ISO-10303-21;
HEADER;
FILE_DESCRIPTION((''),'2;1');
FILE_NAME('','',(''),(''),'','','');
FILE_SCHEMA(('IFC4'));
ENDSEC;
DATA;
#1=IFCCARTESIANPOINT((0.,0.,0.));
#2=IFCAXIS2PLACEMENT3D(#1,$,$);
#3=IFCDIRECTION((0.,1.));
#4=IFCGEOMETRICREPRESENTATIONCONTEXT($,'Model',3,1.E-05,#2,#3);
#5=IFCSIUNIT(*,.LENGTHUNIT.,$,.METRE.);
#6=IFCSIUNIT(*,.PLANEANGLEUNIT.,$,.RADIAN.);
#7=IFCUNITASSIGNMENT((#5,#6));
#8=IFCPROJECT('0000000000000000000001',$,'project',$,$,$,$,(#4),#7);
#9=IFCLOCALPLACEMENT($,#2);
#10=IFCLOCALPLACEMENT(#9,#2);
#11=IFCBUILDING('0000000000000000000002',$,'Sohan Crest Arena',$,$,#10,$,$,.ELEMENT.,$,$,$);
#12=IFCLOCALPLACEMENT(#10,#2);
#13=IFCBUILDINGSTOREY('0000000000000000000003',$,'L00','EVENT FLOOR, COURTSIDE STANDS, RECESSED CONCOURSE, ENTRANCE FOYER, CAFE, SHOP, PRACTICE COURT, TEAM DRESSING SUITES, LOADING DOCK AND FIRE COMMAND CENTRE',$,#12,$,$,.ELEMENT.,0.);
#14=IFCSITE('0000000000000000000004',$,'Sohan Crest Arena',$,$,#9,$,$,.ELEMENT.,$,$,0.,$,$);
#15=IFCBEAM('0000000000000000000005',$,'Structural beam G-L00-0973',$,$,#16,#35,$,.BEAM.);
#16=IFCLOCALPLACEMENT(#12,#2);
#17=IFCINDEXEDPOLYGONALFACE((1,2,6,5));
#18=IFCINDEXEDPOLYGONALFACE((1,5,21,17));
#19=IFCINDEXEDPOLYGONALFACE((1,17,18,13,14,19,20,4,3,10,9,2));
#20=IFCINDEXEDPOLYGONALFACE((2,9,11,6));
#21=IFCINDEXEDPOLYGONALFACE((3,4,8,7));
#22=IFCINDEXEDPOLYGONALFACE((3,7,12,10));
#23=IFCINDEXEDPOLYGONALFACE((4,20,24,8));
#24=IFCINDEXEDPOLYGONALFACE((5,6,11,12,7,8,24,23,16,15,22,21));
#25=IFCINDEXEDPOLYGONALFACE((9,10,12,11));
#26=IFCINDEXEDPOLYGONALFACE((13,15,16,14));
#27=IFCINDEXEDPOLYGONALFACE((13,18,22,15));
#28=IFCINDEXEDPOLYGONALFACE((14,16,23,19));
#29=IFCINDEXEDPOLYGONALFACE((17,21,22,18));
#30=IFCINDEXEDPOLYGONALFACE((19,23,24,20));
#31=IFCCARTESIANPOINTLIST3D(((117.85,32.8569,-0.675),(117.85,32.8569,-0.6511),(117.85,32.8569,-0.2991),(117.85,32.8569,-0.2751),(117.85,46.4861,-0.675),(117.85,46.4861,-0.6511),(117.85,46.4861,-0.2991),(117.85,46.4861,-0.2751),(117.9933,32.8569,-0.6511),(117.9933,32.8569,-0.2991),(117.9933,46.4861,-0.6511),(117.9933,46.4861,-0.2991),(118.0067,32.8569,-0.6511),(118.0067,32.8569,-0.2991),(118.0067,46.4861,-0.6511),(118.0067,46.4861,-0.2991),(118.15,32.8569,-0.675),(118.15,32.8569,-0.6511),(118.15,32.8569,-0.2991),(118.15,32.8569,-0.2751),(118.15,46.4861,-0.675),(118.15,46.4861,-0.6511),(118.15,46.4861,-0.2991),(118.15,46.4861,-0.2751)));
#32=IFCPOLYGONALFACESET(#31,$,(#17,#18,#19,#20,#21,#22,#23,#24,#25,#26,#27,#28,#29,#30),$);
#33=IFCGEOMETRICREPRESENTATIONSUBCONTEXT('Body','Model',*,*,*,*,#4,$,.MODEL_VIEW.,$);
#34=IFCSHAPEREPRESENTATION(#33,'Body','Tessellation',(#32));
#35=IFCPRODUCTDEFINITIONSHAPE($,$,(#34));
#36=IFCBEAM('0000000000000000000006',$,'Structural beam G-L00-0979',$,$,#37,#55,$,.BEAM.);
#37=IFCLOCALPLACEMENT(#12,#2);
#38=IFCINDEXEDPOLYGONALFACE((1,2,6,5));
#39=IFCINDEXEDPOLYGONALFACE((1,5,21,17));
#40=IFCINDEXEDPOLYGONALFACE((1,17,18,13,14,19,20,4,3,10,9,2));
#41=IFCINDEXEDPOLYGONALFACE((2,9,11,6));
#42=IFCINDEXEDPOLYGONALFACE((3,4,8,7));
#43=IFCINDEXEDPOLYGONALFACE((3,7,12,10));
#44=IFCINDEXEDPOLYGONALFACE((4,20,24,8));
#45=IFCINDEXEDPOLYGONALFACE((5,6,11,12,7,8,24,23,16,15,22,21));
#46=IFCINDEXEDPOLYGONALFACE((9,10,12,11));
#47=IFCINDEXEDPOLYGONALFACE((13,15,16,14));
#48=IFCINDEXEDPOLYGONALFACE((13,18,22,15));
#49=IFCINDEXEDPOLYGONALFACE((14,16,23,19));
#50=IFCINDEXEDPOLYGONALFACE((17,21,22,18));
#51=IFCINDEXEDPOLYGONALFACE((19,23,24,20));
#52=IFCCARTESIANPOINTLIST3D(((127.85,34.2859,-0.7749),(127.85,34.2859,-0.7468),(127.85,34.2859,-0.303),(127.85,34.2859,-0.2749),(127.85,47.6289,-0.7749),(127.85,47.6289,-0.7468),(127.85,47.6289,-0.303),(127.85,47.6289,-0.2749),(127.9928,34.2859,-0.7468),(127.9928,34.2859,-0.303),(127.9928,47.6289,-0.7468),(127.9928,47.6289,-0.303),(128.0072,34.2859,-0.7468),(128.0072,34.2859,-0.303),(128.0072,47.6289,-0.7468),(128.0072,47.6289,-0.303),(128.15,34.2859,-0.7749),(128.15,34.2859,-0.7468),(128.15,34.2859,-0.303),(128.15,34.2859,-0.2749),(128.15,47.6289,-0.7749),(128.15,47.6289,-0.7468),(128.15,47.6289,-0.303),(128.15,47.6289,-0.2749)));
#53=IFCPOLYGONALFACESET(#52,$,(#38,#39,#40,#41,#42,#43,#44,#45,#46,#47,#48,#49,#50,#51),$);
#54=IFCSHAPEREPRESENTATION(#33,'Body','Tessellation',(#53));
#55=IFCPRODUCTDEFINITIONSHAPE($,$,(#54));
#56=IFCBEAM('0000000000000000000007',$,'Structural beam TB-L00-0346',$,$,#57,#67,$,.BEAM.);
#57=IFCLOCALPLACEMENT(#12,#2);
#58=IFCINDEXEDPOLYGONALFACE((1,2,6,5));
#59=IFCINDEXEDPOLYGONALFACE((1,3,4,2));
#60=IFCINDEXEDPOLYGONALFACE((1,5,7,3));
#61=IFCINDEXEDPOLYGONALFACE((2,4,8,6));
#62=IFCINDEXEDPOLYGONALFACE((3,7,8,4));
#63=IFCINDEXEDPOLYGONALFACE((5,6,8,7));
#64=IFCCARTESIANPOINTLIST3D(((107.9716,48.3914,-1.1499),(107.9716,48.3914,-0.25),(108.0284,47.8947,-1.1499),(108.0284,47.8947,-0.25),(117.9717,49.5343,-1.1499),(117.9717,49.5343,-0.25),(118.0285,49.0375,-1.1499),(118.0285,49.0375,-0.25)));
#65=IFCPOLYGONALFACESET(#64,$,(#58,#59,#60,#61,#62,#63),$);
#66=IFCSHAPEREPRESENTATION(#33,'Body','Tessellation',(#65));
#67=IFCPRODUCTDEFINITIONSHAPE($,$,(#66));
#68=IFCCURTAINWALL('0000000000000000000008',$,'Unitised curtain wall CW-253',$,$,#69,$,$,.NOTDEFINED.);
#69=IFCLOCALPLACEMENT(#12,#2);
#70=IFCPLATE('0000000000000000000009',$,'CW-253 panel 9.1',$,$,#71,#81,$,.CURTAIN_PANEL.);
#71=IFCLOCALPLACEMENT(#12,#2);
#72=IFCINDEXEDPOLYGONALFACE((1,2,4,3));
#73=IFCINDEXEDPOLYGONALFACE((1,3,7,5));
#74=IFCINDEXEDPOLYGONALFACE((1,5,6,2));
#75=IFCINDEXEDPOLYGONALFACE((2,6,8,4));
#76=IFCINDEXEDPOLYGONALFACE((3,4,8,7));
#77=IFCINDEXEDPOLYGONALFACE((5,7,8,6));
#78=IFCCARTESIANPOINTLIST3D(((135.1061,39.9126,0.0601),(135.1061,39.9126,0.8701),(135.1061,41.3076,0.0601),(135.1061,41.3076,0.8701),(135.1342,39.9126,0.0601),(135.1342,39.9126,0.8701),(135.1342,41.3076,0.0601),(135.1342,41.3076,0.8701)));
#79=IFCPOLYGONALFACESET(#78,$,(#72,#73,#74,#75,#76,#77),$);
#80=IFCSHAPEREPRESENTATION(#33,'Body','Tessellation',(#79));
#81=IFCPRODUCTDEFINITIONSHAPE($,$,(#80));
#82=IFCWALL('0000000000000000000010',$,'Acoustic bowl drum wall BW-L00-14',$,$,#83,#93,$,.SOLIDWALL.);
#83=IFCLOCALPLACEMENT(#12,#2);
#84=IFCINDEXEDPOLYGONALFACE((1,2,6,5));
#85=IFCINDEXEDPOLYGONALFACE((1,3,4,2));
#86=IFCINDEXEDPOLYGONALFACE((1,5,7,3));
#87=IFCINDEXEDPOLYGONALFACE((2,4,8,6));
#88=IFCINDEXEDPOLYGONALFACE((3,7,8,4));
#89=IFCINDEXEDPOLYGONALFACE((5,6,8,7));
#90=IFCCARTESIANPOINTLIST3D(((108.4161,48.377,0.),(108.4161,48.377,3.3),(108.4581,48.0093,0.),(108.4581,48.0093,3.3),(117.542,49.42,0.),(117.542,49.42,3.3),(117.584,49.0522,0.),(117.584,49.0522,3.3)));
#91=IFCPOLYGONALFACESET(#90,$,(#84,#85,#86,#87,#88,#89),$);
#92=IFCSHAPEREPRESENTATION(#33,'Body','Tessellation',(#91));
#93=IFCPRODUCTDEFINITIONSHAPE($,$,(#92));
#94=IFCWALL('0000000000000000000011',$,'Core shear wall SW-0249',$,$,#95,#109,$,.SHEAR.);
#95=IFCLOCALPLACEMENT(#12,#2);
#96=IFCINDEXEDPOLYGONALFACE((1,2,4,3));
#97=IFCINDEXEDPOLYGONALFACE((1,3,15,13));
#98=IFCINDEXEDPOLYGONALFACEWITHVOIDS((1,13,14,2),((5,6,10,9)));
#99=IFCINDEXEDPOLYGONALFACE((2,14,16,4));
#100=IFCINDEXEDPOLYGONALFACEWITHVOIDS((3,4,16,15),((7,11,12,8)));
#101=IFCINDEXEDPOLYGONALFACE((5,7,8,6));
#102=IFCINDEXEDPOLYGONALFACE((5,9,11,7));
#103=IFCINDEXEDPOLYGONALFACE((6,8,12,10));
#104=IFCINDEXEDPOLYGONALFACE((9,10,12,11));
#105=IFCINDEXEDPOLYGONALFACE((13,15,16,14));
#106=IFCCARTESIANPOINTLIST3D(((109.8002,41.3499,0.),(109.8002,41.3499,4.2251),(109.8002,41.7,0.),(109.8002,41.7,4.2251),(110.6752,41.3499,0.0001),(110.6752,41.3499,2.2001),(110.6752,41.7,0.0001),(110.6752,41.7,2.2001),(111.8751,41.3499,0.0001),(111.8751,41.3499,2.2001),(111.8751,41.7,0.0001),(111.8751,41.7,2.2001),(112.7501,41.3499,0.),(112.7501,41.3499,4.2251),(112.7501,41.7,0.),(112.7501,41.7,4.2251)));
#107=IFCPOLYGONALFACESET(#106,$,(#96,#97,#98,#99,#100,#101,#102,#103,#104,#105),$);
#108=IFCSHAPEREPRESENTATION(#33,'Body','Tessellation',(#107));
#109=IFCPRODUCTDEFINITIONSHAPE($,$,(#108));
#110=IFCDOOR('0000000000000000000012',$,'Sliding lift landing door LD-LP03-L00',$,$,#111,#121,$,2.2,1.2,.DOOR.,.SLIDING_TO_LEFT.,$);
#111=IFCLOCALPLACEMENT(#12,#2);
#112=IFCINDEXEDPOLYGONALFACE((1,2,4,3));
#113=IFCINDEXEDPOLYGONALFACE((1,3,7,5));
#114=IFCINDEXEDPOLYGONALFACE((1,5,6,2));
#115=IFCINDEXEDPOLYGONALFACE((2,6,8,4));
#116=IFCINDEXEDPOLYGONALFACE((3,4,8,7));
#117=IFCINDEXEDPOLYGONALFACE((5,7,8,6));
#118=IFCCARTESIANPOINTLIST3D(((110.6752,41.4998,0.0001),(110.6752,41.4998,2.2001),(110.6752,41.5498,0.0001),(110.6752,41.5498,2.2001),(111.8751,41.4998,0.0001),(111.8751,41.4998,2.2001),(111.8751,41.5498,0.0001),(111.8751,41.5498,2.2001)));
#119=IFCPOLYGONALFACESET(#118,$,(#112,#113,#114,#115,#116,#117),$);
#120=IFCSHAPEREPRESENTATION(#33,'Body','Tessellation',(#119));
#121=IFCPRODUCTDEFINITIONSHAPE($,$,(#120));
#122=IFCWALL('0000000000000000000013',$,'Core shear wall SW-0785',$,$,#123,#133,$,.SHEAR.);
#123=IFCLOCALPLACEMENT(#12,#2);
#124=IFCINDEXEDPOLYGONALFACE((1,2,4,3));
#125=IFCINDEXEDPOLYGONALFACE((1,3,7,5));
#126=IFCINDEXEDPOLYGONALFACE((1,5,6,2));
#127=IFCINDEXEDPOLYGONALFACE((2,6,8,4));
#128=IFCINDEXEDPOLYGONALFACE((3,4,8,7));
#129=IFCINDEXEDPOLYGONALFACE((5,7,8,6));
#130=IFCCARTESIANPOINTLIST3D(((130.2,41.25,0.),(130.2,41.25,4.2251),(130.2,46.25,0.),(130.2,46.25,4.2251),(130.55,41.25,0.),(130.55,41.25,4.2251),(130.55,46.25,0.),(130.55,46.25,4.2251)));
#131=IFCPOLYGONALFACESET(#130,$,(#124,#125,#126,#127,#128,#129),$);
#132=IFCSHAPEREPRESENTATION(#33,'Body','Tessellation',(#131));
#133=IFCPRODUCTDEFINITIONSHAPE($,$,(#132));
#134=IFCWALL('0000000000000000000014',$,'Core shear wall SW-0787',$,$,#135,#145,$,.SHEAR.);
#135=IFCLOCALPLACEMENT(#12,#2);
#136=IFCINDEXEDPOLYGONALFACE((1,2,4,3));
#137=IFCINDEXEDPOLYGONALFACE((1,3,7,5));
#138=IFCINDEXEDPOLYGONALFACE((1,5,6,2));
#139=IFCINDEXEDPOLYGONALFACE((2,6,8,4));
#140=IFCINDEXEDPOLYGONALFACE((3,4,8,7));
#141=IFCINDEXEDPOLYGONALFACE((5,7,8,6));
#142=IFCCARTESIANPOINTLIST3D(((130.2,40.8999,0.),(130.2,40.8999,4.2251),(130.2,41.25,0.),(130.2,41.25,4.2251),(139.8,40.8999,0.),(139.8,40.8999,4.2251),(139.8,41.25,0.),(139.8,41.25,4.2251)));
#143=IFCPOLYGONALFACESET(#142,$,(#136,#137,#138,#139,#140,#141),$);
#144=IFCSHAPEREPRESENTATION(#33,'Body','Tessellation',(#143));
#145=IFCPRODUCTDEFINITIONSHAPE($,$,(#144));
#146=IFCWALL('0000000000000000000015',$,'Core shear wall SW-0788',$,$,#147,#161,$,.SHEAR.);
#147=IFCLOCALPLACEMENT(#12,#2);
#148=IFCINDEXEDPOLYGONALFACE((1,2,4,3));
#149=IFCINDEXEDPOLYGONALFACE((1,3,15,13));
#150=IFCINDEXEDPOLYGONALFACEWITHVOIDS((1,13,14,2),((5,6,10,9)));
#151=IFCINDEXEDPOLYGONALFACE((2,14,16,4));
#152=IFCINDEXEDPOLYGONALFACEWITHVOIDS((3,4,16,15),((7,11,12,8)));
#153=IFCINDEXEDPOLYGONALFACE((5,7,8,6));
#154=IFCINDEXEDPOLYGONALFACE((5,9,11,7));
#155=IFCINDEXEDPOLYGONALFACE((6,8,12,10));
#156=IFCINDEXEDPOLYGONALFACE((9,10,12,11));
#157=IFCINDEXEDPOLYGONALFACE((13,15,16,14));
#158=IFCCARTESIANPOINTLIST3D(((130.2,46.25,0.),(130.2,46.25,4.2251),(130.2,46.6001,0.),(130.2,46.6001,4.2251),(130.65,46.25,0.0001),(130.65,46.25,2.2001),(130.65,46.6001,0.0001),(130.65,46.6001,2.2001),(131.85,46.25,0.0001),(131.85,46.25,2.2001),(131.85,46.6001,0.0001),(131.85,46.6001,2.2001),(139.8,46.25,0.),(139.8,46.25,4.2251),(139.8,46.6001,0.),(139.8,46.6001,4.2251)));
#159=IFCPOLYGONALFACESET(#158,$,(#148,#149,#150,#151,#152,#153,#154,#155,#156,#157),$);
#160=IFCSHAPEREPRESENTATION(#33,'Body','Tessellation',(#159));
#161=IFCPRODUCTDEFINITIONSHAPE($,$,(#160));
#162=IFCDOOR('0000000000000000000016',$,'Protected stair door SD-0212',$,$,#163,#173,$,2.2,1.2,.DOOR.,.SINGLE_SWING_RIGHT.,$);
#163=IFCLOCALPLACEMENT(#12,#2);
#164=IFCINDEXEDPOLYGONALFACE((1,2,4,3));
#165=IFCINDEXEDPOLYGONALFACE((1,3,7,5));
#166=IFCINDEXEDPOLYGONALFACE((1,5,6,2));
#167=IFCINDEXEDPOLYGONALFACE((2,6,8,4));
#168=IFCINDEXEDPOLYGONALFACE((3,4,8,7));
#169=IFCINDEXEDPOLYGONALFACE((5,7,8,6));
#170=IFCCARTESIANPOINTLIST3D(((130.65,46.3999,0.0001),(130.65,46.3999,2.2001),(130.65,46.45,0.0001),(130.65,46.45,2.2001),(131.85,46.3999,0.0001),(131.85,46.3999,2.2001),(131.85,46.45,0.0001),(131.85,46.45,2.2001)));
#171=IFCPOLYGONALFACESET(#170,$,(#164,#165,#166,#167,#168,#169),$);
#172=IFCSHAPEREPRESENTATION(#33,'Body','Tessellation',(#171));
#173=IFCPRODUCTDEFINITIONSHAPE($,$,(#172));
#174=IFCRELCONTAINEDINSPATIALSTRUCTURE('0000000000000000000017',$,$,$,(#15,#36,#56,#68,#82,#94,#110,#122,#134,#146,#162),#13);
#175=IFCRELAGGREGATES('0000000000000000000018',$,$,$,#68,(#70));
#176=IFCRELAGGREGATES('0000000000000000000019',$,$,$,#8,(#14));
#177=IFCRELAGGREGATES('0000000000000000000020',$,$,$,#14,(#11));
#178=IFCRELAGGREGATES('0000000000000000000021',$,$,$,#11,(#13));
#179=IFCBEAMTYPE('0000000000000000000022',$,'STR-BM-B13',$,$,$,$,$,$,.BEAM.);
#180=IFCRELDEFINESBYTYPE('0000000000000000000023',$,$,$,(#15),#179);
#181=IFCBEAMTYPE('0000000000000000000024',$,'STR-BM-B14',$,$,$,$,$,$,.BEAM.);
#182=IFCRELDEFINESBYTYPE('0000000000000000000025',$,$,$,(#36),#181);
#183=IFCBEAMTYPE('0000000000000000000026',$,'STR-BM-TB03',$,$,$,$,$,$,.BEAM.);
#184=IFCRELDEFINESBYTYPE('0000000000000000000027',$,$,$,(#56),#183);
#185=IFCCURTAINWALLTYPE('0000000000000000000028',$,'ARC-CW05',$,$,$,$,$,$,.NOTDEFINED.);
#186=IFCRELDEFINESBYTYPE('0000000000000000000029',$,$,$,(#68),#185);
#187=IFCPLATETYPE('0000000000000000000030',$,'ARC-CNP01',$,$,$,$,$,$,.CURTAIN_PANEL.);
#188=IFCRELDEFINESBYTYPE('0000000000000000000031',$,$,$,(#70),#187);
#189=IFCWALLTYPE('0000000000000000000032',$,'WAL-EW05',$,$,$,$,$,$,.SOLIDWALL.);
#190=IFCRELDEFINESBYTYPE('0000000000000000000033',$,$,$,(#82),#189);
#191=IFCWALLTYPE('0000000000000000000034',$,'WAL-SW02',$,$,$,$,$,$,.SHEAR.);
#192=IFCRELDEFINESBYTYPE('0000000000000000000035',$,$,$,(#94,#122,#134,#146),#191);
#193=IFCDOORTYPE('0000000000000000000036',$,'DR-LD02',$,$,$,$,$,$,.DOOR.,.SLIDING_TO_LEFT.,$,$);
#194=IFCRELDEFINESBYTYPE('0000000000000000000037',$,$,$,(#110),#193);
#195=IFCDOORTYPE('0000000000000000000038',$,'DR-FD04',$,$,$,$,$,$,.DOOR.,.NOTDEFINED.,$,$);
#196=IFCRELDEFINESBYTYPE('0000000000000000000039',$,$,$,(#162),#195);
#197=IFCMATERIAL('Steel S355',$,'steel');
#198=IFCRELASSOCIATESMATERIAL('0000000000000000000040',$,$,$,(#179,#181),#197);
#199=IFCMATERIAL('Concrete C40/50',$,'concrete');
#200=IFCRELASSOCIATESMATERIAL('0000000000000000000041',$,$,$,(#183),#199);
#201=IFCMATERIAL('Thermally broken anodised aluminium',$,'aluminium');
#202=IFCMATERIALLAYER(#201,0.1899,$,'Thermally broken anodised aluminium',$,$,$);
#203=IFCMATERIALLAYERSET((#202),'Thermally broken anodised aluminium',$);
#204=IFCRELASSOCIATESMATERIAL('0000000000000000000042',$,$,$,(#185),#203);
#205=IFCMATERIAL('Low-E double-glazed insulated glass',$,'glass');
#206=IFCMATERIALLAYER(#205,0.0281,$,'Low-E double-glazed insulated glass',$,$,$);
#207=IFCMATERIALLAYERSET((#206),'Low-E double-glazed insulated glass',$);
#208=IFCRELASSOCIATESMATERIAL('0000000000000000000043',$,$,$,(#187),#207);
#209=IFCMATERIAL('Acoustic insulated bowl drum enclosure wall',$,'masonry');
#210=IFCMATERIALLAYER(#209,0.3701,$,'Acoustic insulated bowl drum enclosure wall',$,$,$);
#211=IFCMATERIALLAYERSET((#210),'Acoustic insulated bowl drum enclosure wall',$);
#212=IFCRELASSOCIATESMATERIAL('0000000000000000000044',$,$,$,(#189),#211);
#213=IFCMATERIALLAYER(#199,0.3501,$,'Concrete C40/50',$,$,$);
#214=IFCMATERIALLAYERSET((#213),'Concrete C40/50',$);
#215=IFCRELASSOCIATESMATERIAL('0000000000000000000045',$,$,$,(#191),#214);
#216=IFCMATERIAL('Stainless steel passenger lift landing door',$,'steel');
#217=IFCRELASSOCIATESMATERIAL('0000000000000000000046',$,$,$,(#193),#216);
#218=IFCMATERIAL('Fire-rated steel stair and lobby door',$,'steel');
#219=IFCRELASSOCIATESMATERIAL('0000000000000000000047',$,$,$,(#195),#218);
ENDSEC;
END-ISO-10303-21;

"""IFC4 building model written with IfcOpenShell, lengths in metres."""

from ifc_helpers import new_model, si_unit, direction, frame, frame_2d, origin, origin_2d, place, context, subcontext, project, spatial, rectangle, i_section, extrude, material, layer, layer_set, material_profile, profile_set, type_object, element, fill, aggregate, save


model = new_model("IFC4")

# Units and contexts
model_context = context("Model", 3, precision=1e-05, world=origin(), true_north=direction((0.0, 1.0)))
body_context = subcontext(model_context, "Body", "Model", "MODEL_VIEW")
ifc_project = project(units=[si_unit("LENGTHUNIT", "METRE"), si_unit("PLANEANGLEUNIT", "RADIAN")], contexts=[model_context])

# Site, building, storey
site_placement = place(None, origin())
site = spatial("IfcSite", under=ifc_project, at=site_placement, Name="Sohan Crest Arena", CompositionType="ELEMENT", RefElevation=0.0)
building_placement = place(site_placement, origin())
building = spatial("IfcBuilding", under=site, at=building_placement, Name="Sohan Crest Arena", CompositionType="ELEMENT")
storey_placement = place(building_placement, origin())
storey = spatial("IfcBuildingStorey", under=building, at=storey_placement, Name="L00", Description="EVENT FLOOR, COURTSIDE STANDS, RECESSED CONCOURSE, ENTRANCE FOYER, CAFE, SHOP, PRACTICE COURT, TEAM DRESSING SUITES, LOADING DOCK AND FIRE COMMAND CENTRE", CompositionType="ELEMENT", Elevation=0.0)

# Shared definitions
ifc_material_1 = material(Name="Steel S355", Category="steel")

# Beams
ifc_material_profile_1 = material_profile(ifc_material_1, i_section(OverallWidth=0.3, OverallDepth=0.3999, WebThickness=0.0134, FlangeThickness=0.0239, at=origin_2d()), Name="HEB 400")
ifc_profile_set_1 = profile_set([ifc_material_profile_1], Name="Steel S355")
beam_type_1 = type_object("IfcBeamType", Name="STR-BM-B13", PredefinedType="BEAM", material=ifc_profile_set_1)
beam_1_placement = place(storey_placement, frame((118.0, 46.4861, -0.4751), z_axis=(0.0, -1.0, 0.0), x_axis=(1.0, 0.0, 0.0)))
element("IfcBeam", 1, at=beam_1_placement, inside=storey, type_object=beam_type_1, Name="Structural beam G-L00-0973", PredefinedType="BEAM", context=body_context, shape_type="SweptSolid", body=[
    extrude(i_section(OverallWidth=0.3, OverallDepth=0.3999, WebThickness=0.0134, FlangeThickness=0.0239, at=origin_2d()), origin(), (0.0, 0.0, 1.0), 13.6292),
])
ifc_material_profile_2 = material_profile(ifc_material_1, i_section(OverallWidth=0.3, OverallDepth=0.5, WebThickness=0.0144, FlangeThickness=0.0281, at=origin_2d()), Name="HEB 500")
ifc_profile_set_2 = profile_set([ifc_material_profile_2], Name="Steel S355")
beam_type_2 = type_object("IfcBeamType", Name="STR-BM-B14", PredefinedType="BEAM", material=ifc_profile_set_2)
beam_2_placement = place(storey_placement, frame((128.0, 47.6289, -0.5249), z_axis=(0.0, -1.0, 0.0), x_axis=(1.0, 0.0, 0.0)))
element("IfcBeam", 2, at=beam_2_placement, inside=storey, type_object=beam_type_2, Name="Structural beam G-L00-0979", PredefinedType="BEAM", context=body_context, shape_type="SweptSolid", body=[
    extrude(i_section(OverallWidth=0.3, OverallDepth=0.5, WebThickness=0.0144, FlangeThickness=0.0281, at=origin_2d()), origin(), (0.0, 0.0, 1.0), 13.343),
])
ifc_material_2 = material(Name="Concrete C40/50", Category="concrete")
ifc_material_profile_3 = material_profile(ifc_material_2, rectangle(XDim=0.5, YDim=0.8999, at=origin_2d()), Name="RC-BM 500x900")
ifc_profile_set_3 = profile_set([ifc_material_profile_3], Name="Concrete C40/50")
beam_type_3 = type_object("IfcBeamType", Name="STR-BM-TB03", PredefinedType="BEAM", material=ifc_profile_set_3)
beam_3_placement = place(storey_placement, frame((108.0, 48.1431, -0.7), z_axis=(0.993533, 0.113543, 0.0), x_axis=(-0.113543, 0.993533, 0.0)))
element("IfcBeam", 3, at=beam_3_placement, inside=storey, type_object=beam_type_3, Name="Structural beam TB-L00-0346", PredefinedType="BEAM", context=body_context, shape_type="SweptSolid", body=[
    extrude(rectangle(XDim=0.5, YDim=0.8999, at=origin_2d()), origin(), (0.0, 0.0, 1.0), 10.0652),
])

# Curtain wall, plate
ifc_material_3 = material(Name="Thermally broken anodised aluminium", Category="aluminium")
ifc_layer_1 = layer(ifc_material_3, 0.1899, Name="Thermally broken anodised aluminium")
ifc_layer_set_1 = layer_set([ifc_layer_1], Name="Thermally broken anodised aluminium")
curtain_wall_type = type_object("IfcCurtainWallType", Name="ARC-CW05", PredefinedType="NOTDEFINED", material=ifc_layer_set_1)
curtain_wall_placement = place(storey_placement, origin())
curtain_wall = element("IfcCurtainWall", 4, at=curtain_wall_placement, inside=storey, type_object=curtain_wall_type, Name="Unitised curtain wall CW-253", PredefinedType="NOTDEFINED")
ifc_material_4 = material(Name="Low-E double-glazed insulated glass", Category="glass")
ifc_layer_2 = layer(ifc_material_4, 0.0281, Name="Low-E double-glazed insulated glass")
ifc_layer_set_2 = layer_set([ifc_layer_2], Name="Low-E double-glazed insulated glass")
plate_type = type_object("IfcPlateType", Name="ARC-CNP01", PredefinedType="CURTAIN_PANEL", material=ifc_layer_set_2)
plate_placement = place(storey_placement, frame((135.1201, 40.6101, 0.0601), z_axis=(0.0, 0.0, 1.0), x_axis=(0.0, 1.0, 0.0)))
plate = element("IfcPlate", 5, at=plate_placement, type_object=plate_type, Name="CW-253 panel 9.1", PredefinedType="CURTAIN_PANEL", context=body_context, shape_type="SweptSolid", body=[
    extrude(rectangle(XDim=1.395, YDim=0.0281, at=origin_2d()), origin(), (0.0, 0.0, 1.0), 0.8101),
])
aggregate(curtain_wall, [plate])

# Wall
ifc_material_5 = material(Name="Acoustic insulated bowl drum enclosure wall", Category="masonry")
ifc_layer_3 = layer(ifc_material_5, 0.3701, Name="Acoustic insulated bowl drum enclosure wall")
ifc_layer_set_3 = layer_set([ifc_layer_3], Name="Acoustic insulated bowl drum enclosure wall")
wall_type_1 = type_object("IfcWallType", Name="WAL-EW05", PredefinedType="SOLIDWALL", material=ifc_layer_set_3)
wall_1_placement = place(storey_placement, frame((108.437, 48.1931, 0.0), z_axis=(0.0, 0.0, 1.0), x_axis=(0.993533, 0.113547, 0.0)))
element("IfcWall", 6, at=wall_1_placement, inside=storey, type_object=wall_type_1, Name="Acoustic bowl drum wall BW-L00-14", PredefinedType="SOLIDWALL", context=body_context, shape_type="SweptSolid", body=[
    extrude(rectangle(XDim=9.1853, YDim=0.3701, at=frame_2d((4.5928, 0.0))), origin(), (0.0, 0.0, 1.0), 3.3),
])

# Wall, opening, door
ifc_layer_4 = layer(ifc_material_2, 0.3501, Name="Concrete C40/50")
ifc_layer_set_4 = layer_set([ifc_layer_4], Name="Concrete C40/50")
wall_type_2 = type_object("IfcWallType", Name="WAL-SW02", PredefinedType="SHEAR", material=ifc_layer_set_4)
wall_2_placement = place(storey_placement, frame((109.8, 41.5249, 0.0), z_axis=(0.0, 0.0, 1.0), x_axis=(1.0, 0.0, 0.0)))
wall_2 = element("IfcWall", 7, at=wall_2_placement, inside=storey, type_object=wall_type_2, Name="Core shear wall SW-0249", PredefinedType="SHEAR", context=body_context, shape_type="SweptSolid", body=[
    extrude(rectangle(XDim=2.95, YDim=0.3501, at=frame_2d((1.4751, 0.0))), origin(), (0.0, 0.0, 1.0), 4.2251),
])
opening_1_placement = place(wall_2_placement, frame((0.875, 0.0, 0.0)))
opening_1 = element("IfcOpeningElement", 8, at=opening_1_placement, cuts=wall_2, PredefinedType="OPENING", context=body_context, shape_type="SweptSolid", body=[
    extrude(rectangle(XDim=1.2, YDim=2.2, at=frame_2d((0.6001, 1.1001))), frame((0.0, 0.1851, 0.0), z_axis=(0.0, -1.0, 0.0), x_axis=(1.0, 0.0, 0.0)), (0.0, 0.0, 1.0), 0.3701),
])
ifc_material_6 = material(Name="Stainless steel passenger lift landing door", Category="steel")
door_type_1 = type_object("IfcDoorType", Name="DR-LD02", OperationType="SLIDING_TO_LEFT", PredefinedType="DOOR", material=ifc_material_6)
door_1_placement = place(opening_1_placement, origin())
door_1 = element("IfcDoor", 9, at=door_1_placement, inside=storey, type_object=door_type_1, Name="Sliding lift landing door LD-LP03-L00", OperationType="SLIDING_TO_LEFT", OverallHeight=2.2, OverallWidth=1.2, PredefinedType="DOOR", context=body_context, shape_type="SweptSolid", body=[
    extrude(rectangle(XDim=1.2, YDim=2.2, at=frame_2d((0.6001, 1.1001))), frame((0.0, 0.0249, 0.0), z_axis=(0.0, -1.0, 0.0), x_axis=(1.0, 0.0, 0.0)), (0.0, 0.0, 1.0), 0.05),
])
fill(opening_1, door_1)

# Walls
wall_3_placement = place(storey_placement, frame((130.375, 41.25, 0.0), z_axis=(0.0, 0.0, 1.0), x_axis=(0.0, 1.0, 0.0)))
element("IfcWall", 10, at=wall_3_placement, inside=storey, type_object=wall_type_2, Name="Core shear wall SW-0785", PredefinedType="SHEAR", context=body_context, shape_type="SweptSolid", body=[
    extrude(rectangle(XDim=5.0, YDim=0.3501, at=frame_2d((2.5, 0.0))), origin(), (0.0, 0.0, 1.0), 4.2251),
])
wall_4_placement = place(storey_placement, frame((130.2, 41.075, 0.0), z_axis=(0.0, 0.0, 1.0), x_axis=(1.0, 0.0, 0.0)))
element("IfcWall", 11, at=wall_4_placement, inside=storey, type_object=wall_type_2, Name="Core shear wall SW-0787", PredefinedType="SHEAR", context=body_context, shape_type="SweptSolid", body=[
    extrude(rectangle(XDim=9.6001, YDim=0.3501, at=frame_2d((4.8, 0.0))), origin(), (0.0, 0.0, 1.0), 4.2251),
])

# Wall, opening, door
wall_5_placement = place(storey_placement, frame((130.2, 46.425, 0.0), z_axis=(0.0, 0.0, 1.0), x_axis=(1.0, 0.0, 0.0)))
wall_5 = element("IfcWall", 12, at=wall_5_placement, inside=storey, type_object=wall_type_2, Name="Core shear wall SW-0788", PredefinedType="SHEAR", context=body_context, shape_type="SweptSolid", body=[
    extrude(rectangle(XDim=9.6001, YDim=0.3501, at=frame_2d((4.8, 0.0))), origin(), (0.0, 0.0, 1.0), 4.2251),
])
opening_2_placement = place(wall_5_placement, frame((0.45, 0.0, 0.0)))
opening_2 = element("IfcOpeningElement", 13, at=opening_2_placement, cuts=wall_5, PredefinedType="OPENING", context=body_context, shape_type="SweptSolid", body=[
    extrude(rectangle(XDim=1.2, YDim=2.2, at=frame_2d((0.6001, 1.1001))), frame((0.0, 0.1851, 0.0), z_axis=(0.0, -1.0, 0.0), x_axis=(1.0, 0.0, 0.0)), (0.0, 0.0, 1.0), 0.3701),
])
ifc_material_7 = material(Name="Fire-rated steel stair and lobby door", Category="steel")
door_type_2 = type_object("IfcDoorType", Name="DR-FD04", OperationType="NOTDEFINED", PredefinedType="DOOR", material=ifc_material_7)
door_2_placement = place(opening_2_placement, origin())
door_2 = element("IfcDoor", 14, at=door_2_placement, inside=storey, type_object=door_type_2, Name="Protected stair door SD-0212", OperationType="SINGLE_SWING_RIGHT", OverallHeight=2.2, OverallWidth=1.2, PredefinedType="DOOR", context=body_context, shape_type="SweptSolid", body=[
    extrude(rectangle(XDim=1.2, YDim=2.2, at=frame_2d((0.6001, 1.1001))), frame((0.0, 0.0249, 0.0), z_axis=(0.0, -1.0, 0.0), x_axis=(1.0, 0.0, 0.0)), (0.0, 0.0, 1.0), 0.05),
])
fill(opening_2, door_2)

save(model, "model.ifc")
